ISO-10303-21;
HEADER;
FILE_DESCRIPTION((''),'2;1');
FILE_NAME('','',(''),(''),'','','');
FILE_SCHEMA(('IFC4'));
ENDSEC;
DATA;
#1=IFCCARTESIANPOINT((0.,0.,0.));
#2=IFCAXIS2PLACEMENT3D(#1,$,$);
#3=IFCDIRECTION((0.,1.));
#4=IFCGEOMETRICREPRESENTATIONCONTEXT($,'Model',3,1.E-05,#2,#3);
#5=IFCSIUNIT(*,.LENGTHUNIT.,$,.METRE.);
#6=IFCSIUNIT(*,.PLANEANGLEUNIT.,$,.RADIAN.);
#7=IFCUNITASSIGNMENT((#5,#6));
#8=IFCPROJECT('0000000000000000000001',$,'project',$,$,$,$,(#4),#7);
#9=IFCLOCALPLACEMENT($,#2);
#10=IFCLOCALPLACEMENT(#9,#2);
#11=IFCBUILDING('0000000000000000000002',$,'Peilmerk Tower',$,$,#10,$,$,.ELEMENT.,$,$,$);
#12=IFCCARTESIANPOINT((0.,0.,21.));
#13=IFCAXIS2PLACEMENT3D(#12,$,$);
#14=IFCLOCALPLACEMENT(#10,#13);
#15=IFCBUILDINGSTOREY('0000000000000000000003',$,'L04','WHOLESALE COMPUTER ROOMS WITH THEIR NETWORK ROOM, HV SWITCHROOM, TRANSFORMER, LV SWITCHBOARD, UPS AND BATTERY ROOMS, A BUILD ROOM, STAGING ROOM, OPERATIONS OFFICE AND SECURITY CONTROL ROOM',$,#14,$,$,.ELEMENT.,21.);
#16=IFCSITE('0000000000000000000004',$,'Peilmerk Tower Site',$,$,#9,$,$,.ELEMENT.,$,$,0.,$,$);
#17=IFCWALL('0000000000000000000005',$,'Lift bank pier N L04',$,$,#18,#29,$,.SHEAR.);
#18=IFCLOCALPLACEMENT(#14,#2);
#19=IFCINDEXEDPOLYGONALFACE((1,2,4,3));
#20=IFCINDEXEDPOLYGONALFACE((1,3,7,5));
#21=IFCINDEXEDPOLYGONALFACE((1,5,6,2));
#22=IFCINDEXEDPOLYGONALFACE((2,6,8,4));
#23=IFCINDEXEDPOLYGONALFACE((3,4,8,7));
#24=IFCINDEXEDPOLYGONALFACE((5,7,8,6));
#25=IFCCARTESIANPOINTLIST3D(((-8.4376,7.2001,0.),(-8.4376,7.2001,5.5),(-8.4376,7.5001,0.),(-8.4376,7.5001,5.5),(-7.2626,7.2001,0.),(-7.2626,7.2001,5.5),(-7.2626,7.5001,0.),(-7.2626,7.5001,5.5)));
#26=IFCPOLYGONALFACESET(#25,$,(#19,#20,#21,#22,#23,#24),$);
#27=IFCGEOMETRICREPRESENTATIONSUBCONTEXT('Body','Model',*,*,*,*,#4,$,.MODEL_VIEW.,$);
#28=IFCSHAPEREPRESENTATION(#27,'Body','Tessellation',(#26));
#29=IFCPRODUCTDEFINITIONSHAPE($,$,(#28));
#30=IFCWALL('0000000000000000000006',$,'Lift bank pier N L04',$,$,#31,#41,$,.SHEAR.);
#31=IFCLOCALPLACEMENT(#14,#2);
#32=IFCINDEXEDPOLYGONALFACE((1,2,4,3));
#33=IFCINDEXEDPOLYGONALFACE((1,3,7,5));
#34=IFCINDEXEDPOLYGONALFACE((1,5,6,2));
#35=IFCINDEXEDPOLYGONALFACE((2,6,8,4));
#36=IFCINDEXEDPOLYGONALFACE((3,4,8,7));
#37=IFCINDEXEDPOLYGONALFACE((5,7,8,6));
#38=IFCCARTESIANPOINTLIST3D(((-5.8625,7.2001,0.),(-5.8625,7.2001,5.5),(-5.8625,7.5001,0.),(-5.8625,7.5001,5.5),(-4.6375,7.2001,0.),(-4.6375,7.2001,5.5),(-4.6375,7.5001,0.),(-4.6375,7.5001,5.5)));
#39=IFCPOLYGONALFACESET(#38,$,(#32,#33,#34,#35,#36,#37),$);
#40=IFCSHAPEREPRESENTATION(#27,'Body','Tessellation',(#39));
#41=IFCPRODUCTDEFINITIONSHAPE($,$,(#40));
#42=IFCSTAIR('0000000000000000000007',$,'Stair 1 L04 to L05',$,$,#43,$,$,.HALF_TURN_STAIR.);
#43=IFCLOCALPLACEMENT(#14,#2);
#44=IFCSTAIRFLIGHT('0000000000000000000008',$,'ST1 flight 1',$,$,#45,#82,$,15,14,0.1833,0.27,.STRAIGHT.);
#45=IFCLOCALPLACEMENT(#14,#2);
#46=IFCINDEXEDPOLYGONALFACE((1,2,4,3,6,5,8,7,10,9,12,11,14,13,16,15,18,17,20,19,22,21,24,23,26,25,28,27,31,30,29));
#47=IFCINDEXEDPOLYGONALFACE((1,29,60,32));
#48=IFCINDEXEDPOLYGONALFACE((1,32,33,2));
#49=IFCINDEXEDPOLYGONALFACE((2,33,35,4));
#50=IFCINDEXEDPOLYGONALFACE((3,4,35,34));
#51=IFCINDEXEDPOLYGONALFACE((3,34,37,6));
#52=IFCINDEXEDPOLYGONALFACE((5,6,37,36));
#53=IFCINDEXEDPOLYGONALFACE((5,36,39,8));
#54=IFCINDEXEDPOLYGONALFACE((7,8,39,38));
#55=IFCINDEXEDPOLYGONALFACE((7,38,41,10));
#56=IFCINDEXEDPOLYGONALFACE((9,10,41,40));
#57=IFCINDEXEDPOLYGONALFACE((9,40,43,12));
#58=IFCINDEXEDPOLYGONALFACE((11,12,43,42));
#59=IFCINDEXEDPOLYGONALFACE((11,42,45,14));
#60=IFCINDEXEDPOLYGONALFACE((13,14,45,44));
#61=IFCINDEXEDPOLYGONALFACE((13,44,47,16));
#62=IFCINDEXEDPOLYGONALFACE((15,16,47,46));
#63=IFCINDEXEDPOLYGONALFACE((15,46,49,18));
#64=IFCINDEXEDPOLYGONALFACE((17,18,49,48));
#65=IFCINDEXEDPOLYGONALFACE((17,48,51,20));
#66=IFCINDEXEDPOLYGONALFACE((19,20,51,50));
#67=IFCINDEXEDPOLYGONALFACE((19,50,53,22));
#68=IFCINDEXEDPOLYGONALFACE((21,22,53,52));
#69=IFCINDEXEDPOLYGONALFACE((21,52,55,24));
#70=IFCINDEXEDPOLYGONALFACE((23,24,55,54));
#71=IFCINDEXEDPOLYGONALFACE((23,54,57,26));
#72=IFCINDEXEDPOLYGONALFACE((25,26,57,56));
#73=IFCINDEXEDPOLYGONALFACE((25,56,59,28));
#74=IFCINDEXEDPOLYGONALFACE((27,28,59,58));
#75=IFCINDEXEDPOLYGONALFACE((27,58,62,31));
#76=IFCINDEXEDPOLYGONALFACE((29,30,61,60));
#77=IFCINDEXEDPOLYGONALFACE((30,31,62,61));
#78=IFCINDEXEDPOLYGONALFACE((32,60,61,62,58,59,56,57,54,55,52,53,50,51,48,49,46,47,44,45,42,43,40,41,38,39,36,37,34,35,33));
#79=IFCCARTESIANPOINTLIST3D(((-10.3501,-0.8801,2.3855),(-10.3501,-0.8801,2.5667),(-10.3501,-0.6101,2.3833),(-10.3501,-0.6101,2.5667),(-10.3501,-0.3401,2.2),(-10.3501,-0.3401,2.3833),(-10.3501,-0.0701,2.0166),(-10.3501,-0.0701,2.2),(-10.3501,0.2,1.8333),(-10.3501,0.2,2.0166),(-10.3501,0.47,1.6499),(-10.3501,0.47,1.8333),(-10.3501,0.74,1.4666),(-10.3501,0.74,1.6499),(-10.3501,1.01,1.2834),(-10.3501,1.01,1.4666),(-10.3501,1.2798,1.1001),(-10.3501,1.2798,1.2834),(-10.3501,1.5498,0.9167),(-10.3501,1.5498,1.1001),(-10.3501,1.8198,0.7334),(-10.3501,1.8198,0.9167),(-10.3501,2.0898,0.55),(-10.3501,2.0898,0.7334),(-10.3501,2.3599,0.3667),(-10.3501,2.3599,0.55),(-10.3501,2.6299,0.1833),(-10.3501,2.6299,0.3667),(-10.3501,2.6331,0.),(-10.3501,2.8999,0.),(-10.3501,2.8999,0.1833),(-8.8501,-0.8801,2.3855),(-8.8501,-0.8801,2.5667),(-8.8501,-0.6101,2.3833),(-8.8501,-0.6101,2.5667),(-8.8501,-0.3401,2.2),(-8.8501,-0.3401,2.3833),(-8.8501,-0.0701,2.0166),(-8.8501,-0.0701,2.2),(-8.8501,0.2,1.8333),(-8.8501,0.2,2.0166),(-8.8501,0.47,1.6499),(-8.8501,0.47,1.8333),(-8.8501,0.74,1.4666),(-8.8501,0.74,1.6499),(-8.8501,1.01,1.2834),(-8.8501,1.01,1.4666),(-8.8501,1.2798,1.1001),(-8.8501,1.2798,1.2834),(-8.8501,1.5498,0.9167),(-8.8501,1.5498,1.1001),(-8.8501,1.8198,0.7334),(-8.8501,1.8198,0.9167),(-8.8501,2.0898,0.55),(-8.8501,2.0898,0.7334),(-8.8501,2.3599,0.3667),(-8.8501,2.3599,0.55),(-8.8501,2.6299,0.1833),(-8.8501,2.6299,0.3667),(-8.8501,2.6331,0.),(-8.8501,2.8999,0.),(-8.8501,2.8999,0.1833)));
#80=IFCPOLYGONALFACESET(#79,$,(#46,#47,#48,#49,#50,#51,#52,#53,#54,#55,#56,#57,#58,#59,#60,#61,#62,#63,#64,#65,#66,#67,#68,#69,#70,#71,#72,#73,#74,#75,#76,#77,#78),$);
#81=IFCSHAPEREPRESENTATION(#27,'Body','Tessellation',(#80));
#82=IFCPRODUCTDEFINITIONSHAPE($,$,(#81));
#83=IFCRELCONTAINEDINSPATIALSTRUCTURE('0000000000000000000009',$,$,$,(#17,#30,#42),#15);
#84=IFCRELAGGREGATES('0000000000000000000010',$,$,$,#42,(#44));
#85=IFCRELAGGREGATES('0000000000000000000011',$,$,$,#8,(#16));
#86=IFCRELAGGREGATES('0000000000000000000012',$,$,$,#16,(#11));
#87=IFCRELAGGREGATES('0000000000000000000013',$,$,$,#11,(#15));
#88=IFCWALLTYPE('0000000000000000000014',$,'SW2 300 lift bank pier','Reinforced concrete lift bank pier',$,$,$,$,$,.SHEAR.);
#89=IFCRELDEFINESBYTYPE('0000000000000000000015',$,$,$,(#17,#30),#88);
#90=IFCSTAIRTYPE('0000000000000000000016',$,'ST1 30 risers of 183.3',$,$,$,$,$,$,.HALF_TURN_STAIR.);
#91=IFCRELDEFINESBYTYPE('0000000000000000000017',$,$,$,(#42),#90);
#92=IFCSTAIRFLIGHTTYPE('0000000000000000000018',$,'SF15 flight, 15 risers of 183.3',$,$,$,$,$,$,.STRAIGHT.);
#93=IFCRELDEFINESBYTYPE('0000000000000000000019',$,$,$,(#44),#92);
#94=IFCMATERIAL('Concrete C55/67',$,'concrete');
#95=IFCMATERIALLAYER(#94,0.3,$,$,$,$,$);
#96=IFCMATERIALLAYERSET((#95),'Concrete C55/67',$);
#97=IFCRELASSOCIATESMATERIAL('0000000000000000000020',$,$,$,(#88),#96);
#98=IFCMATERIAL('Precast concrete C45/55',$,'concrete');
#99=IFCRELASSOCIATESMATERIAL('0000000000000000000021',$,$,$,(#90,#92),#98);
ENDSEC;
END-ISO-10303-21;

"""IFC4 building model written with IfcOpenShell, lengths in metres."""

from ifc_helpers import new_model, si_unit, direction, frame, frame_2d, origin, place, context, subcontext, project, spatial, polyline, rectangle, outline, extrude, material, layer, layer_set, type_object, element, aggregate, save


model = new_model("IFC4")

# Units and contexts
model_context = context("Model", 3, precision=1e-05, world=origin(), true_north=direction((0.0, 1.0)))
body_context = subcontext(model_context, "Body", "Model", "MODEL_VIEW")
ifc_project = project(units=[si_unit("LENGTHUNIT", "METRE"), si_unit("PLANEANGLEUNIT", "RADIAN")], contexts=[model_context])

# Site, building, storey
site_placement = place(None, origin())
site = spatial("IfcSite", under=ifc_project, at=site_placement, Name="Peilmerk Tower Site", CompositionType="ELEMENT", RefElevation=0.0)
building_placement = place(site_placement, origin())
building = spatial("IfcBuilding", under=site, at=building_placement, Name="Peilmerk Tower", CompositionType="ELEMENT")
storey_placement = place(building_placement, frame((0.0, 0.0, 21.0)))
storey = spatial("IfcBuildingStorey", under=building, at=storey_placement, Name="L04", Description="WHOLESALE COMPUTER ROOMS WITH THEIR NETWORK ROOM, HV SWITCHROOM, TRANSFORMER, LV SWITCHBOARD, UPS AND BATTERY ROOMS, A BUILD ROOM, STAGING ROOM, OPERATIONS OFFICE AND SECURITY CONTROL ROOM", CompositionType="ELEMENT", Elevation=21.0)

# Walls
ifc_material_1 = material(Name="Concrete C55/67", Category="concrete")
ifc_layer_1 = layer(ifc_material_1, 0.3)
ifc_layer_set_1 = layer_set([ifc_layer_1], Name="Concrete C55/67")
wall_type_1 = type_object("IfcWallType", Name="SW2 300 lift bank pier", Description="Reinforced concrete lift bank pier", PredefinedType="SHEAR", material=ifc_layer_set_1)
wall_1_placement = place(storey_placement, frame((-8.4375, 7.3501, 0.0), z_axis=(0.0, 0.0, 1.0), x_axis=(1.0, 0.0, 0.0)))
element("IfcWall", 1, at=wall_1_placement, inside=storey, type_object=wall_type_1, Name="Lift bank pier N L04", PredefinedType="SHEAR", context=body_context, shape_type="SweptSolid", body=[
    extrude(rectangle(XDim=1.175, YDim=0.3, at=frame_2d((0.5874, 0.0))), origin(), (0.0, 0.0, 1.0), 5.5),
])
wall_2_placement = place(storey_placement, frame((-5.8625, 7.3501, 0.0), z_axis=(0.0, 0.0, 1.0), x_axis=(1.0, 0.0, 0.0)))
element("IfcWall", 2, at=wall_2_placement, inside=storey, type_object=wall_type_1, Name="Lift bank pier N L04", PredefinedType="SHEAR", context=body_context, shape_type="SweptSolid", body=[
    extrude(rectangle(XDim=1.2251, YDim=0.3, at=frame_2d((0.6125, 0.0))), origin(), (0.0, 0.0, 1.0), 5.5),
])

# Stair, stair flight
ifc_material_2 = material(Name="Precast concrete C45/55", Category="concrete")
stair_type = type_object("IfcStairType", Name="ST1 30 risers of 183.3", PredefinedType="HALF_TURN_STAIR", material=ifc_material_2)
stair_placement = place(storey_placement, origin())
stair = element("IfcStair", 3, at=stair_placement, inside=storey, type_object=stair_type, Name="Stair 1 L04 to L05", PredefinedType="HALF_TURN_STAIR")
stair_flight_type = type_object("IfcStairFlightType", Name="SF15 flight, 15 risers of 183.3", PredefinedType="STRAIGHT", material=ifc_material_2)
stair_flight_placement = place(storey_placement, frame((-9.6001, 2.8999, 0.0), z_axis=(0.0, 0.0, 1.0), x_axis=(0.0, -1.0, 0.0)))
stair_flight = element("IfcStairFlight", 4, at=stair_flight_placement, type_object=stair_flight_type, Name="ST1 flight 1", NumberOfRisers=15, NumberOfTreads=14, PredefinedType="STRAIGHT", RiserHeight=0.1833, TreadLength=0.27, context=body_context, shape_type="SweptSolid", body=[
    extrude(outline(polyline([(0.0, 0.0), (0.0, 0.1833), (0.27, 0.1833), (0.27, 0.3667), (0.54, 0.3667), (0.54, 0.55), (0.8101, 0.55), (0.8101, 0.7334), (1.0801, 0.7334), (1.0801, 0.9167), (1.3501, 0.9167), (1.3501, 1.1001), (1.6201, 1.1001), (1.6201, 1.2834), (1.8899, 1.2834), (1.8899, 1.4666), (2.1599, 1.4666), (2.1599, 1.6499), (2.4299, 1.6499), (2.4299, 1.8333), (2.7, 1.8333), (2.7, 2.0166), (2.97, 2.0166), (2.97, 2.2), (3.24, 2.2), (3.24, 2.3833), (3.51, 2.3833), (3.51, 2.5667), (3.78, 2.5667), (3.78, 2.75), (3.78, 2.3855), (0.2668, 0.0), (0.0, 0.0)])), frame((0.0, 0.75, 0.0), z_axis=(0.0, -1.0, 0.0), x_axis=(1.0, 0.0, 0.0)), (0.0, 0.0, 1.0), 1.5),
])
aggregate(stair, [stair_flight])

save(model, "model.ifc")
